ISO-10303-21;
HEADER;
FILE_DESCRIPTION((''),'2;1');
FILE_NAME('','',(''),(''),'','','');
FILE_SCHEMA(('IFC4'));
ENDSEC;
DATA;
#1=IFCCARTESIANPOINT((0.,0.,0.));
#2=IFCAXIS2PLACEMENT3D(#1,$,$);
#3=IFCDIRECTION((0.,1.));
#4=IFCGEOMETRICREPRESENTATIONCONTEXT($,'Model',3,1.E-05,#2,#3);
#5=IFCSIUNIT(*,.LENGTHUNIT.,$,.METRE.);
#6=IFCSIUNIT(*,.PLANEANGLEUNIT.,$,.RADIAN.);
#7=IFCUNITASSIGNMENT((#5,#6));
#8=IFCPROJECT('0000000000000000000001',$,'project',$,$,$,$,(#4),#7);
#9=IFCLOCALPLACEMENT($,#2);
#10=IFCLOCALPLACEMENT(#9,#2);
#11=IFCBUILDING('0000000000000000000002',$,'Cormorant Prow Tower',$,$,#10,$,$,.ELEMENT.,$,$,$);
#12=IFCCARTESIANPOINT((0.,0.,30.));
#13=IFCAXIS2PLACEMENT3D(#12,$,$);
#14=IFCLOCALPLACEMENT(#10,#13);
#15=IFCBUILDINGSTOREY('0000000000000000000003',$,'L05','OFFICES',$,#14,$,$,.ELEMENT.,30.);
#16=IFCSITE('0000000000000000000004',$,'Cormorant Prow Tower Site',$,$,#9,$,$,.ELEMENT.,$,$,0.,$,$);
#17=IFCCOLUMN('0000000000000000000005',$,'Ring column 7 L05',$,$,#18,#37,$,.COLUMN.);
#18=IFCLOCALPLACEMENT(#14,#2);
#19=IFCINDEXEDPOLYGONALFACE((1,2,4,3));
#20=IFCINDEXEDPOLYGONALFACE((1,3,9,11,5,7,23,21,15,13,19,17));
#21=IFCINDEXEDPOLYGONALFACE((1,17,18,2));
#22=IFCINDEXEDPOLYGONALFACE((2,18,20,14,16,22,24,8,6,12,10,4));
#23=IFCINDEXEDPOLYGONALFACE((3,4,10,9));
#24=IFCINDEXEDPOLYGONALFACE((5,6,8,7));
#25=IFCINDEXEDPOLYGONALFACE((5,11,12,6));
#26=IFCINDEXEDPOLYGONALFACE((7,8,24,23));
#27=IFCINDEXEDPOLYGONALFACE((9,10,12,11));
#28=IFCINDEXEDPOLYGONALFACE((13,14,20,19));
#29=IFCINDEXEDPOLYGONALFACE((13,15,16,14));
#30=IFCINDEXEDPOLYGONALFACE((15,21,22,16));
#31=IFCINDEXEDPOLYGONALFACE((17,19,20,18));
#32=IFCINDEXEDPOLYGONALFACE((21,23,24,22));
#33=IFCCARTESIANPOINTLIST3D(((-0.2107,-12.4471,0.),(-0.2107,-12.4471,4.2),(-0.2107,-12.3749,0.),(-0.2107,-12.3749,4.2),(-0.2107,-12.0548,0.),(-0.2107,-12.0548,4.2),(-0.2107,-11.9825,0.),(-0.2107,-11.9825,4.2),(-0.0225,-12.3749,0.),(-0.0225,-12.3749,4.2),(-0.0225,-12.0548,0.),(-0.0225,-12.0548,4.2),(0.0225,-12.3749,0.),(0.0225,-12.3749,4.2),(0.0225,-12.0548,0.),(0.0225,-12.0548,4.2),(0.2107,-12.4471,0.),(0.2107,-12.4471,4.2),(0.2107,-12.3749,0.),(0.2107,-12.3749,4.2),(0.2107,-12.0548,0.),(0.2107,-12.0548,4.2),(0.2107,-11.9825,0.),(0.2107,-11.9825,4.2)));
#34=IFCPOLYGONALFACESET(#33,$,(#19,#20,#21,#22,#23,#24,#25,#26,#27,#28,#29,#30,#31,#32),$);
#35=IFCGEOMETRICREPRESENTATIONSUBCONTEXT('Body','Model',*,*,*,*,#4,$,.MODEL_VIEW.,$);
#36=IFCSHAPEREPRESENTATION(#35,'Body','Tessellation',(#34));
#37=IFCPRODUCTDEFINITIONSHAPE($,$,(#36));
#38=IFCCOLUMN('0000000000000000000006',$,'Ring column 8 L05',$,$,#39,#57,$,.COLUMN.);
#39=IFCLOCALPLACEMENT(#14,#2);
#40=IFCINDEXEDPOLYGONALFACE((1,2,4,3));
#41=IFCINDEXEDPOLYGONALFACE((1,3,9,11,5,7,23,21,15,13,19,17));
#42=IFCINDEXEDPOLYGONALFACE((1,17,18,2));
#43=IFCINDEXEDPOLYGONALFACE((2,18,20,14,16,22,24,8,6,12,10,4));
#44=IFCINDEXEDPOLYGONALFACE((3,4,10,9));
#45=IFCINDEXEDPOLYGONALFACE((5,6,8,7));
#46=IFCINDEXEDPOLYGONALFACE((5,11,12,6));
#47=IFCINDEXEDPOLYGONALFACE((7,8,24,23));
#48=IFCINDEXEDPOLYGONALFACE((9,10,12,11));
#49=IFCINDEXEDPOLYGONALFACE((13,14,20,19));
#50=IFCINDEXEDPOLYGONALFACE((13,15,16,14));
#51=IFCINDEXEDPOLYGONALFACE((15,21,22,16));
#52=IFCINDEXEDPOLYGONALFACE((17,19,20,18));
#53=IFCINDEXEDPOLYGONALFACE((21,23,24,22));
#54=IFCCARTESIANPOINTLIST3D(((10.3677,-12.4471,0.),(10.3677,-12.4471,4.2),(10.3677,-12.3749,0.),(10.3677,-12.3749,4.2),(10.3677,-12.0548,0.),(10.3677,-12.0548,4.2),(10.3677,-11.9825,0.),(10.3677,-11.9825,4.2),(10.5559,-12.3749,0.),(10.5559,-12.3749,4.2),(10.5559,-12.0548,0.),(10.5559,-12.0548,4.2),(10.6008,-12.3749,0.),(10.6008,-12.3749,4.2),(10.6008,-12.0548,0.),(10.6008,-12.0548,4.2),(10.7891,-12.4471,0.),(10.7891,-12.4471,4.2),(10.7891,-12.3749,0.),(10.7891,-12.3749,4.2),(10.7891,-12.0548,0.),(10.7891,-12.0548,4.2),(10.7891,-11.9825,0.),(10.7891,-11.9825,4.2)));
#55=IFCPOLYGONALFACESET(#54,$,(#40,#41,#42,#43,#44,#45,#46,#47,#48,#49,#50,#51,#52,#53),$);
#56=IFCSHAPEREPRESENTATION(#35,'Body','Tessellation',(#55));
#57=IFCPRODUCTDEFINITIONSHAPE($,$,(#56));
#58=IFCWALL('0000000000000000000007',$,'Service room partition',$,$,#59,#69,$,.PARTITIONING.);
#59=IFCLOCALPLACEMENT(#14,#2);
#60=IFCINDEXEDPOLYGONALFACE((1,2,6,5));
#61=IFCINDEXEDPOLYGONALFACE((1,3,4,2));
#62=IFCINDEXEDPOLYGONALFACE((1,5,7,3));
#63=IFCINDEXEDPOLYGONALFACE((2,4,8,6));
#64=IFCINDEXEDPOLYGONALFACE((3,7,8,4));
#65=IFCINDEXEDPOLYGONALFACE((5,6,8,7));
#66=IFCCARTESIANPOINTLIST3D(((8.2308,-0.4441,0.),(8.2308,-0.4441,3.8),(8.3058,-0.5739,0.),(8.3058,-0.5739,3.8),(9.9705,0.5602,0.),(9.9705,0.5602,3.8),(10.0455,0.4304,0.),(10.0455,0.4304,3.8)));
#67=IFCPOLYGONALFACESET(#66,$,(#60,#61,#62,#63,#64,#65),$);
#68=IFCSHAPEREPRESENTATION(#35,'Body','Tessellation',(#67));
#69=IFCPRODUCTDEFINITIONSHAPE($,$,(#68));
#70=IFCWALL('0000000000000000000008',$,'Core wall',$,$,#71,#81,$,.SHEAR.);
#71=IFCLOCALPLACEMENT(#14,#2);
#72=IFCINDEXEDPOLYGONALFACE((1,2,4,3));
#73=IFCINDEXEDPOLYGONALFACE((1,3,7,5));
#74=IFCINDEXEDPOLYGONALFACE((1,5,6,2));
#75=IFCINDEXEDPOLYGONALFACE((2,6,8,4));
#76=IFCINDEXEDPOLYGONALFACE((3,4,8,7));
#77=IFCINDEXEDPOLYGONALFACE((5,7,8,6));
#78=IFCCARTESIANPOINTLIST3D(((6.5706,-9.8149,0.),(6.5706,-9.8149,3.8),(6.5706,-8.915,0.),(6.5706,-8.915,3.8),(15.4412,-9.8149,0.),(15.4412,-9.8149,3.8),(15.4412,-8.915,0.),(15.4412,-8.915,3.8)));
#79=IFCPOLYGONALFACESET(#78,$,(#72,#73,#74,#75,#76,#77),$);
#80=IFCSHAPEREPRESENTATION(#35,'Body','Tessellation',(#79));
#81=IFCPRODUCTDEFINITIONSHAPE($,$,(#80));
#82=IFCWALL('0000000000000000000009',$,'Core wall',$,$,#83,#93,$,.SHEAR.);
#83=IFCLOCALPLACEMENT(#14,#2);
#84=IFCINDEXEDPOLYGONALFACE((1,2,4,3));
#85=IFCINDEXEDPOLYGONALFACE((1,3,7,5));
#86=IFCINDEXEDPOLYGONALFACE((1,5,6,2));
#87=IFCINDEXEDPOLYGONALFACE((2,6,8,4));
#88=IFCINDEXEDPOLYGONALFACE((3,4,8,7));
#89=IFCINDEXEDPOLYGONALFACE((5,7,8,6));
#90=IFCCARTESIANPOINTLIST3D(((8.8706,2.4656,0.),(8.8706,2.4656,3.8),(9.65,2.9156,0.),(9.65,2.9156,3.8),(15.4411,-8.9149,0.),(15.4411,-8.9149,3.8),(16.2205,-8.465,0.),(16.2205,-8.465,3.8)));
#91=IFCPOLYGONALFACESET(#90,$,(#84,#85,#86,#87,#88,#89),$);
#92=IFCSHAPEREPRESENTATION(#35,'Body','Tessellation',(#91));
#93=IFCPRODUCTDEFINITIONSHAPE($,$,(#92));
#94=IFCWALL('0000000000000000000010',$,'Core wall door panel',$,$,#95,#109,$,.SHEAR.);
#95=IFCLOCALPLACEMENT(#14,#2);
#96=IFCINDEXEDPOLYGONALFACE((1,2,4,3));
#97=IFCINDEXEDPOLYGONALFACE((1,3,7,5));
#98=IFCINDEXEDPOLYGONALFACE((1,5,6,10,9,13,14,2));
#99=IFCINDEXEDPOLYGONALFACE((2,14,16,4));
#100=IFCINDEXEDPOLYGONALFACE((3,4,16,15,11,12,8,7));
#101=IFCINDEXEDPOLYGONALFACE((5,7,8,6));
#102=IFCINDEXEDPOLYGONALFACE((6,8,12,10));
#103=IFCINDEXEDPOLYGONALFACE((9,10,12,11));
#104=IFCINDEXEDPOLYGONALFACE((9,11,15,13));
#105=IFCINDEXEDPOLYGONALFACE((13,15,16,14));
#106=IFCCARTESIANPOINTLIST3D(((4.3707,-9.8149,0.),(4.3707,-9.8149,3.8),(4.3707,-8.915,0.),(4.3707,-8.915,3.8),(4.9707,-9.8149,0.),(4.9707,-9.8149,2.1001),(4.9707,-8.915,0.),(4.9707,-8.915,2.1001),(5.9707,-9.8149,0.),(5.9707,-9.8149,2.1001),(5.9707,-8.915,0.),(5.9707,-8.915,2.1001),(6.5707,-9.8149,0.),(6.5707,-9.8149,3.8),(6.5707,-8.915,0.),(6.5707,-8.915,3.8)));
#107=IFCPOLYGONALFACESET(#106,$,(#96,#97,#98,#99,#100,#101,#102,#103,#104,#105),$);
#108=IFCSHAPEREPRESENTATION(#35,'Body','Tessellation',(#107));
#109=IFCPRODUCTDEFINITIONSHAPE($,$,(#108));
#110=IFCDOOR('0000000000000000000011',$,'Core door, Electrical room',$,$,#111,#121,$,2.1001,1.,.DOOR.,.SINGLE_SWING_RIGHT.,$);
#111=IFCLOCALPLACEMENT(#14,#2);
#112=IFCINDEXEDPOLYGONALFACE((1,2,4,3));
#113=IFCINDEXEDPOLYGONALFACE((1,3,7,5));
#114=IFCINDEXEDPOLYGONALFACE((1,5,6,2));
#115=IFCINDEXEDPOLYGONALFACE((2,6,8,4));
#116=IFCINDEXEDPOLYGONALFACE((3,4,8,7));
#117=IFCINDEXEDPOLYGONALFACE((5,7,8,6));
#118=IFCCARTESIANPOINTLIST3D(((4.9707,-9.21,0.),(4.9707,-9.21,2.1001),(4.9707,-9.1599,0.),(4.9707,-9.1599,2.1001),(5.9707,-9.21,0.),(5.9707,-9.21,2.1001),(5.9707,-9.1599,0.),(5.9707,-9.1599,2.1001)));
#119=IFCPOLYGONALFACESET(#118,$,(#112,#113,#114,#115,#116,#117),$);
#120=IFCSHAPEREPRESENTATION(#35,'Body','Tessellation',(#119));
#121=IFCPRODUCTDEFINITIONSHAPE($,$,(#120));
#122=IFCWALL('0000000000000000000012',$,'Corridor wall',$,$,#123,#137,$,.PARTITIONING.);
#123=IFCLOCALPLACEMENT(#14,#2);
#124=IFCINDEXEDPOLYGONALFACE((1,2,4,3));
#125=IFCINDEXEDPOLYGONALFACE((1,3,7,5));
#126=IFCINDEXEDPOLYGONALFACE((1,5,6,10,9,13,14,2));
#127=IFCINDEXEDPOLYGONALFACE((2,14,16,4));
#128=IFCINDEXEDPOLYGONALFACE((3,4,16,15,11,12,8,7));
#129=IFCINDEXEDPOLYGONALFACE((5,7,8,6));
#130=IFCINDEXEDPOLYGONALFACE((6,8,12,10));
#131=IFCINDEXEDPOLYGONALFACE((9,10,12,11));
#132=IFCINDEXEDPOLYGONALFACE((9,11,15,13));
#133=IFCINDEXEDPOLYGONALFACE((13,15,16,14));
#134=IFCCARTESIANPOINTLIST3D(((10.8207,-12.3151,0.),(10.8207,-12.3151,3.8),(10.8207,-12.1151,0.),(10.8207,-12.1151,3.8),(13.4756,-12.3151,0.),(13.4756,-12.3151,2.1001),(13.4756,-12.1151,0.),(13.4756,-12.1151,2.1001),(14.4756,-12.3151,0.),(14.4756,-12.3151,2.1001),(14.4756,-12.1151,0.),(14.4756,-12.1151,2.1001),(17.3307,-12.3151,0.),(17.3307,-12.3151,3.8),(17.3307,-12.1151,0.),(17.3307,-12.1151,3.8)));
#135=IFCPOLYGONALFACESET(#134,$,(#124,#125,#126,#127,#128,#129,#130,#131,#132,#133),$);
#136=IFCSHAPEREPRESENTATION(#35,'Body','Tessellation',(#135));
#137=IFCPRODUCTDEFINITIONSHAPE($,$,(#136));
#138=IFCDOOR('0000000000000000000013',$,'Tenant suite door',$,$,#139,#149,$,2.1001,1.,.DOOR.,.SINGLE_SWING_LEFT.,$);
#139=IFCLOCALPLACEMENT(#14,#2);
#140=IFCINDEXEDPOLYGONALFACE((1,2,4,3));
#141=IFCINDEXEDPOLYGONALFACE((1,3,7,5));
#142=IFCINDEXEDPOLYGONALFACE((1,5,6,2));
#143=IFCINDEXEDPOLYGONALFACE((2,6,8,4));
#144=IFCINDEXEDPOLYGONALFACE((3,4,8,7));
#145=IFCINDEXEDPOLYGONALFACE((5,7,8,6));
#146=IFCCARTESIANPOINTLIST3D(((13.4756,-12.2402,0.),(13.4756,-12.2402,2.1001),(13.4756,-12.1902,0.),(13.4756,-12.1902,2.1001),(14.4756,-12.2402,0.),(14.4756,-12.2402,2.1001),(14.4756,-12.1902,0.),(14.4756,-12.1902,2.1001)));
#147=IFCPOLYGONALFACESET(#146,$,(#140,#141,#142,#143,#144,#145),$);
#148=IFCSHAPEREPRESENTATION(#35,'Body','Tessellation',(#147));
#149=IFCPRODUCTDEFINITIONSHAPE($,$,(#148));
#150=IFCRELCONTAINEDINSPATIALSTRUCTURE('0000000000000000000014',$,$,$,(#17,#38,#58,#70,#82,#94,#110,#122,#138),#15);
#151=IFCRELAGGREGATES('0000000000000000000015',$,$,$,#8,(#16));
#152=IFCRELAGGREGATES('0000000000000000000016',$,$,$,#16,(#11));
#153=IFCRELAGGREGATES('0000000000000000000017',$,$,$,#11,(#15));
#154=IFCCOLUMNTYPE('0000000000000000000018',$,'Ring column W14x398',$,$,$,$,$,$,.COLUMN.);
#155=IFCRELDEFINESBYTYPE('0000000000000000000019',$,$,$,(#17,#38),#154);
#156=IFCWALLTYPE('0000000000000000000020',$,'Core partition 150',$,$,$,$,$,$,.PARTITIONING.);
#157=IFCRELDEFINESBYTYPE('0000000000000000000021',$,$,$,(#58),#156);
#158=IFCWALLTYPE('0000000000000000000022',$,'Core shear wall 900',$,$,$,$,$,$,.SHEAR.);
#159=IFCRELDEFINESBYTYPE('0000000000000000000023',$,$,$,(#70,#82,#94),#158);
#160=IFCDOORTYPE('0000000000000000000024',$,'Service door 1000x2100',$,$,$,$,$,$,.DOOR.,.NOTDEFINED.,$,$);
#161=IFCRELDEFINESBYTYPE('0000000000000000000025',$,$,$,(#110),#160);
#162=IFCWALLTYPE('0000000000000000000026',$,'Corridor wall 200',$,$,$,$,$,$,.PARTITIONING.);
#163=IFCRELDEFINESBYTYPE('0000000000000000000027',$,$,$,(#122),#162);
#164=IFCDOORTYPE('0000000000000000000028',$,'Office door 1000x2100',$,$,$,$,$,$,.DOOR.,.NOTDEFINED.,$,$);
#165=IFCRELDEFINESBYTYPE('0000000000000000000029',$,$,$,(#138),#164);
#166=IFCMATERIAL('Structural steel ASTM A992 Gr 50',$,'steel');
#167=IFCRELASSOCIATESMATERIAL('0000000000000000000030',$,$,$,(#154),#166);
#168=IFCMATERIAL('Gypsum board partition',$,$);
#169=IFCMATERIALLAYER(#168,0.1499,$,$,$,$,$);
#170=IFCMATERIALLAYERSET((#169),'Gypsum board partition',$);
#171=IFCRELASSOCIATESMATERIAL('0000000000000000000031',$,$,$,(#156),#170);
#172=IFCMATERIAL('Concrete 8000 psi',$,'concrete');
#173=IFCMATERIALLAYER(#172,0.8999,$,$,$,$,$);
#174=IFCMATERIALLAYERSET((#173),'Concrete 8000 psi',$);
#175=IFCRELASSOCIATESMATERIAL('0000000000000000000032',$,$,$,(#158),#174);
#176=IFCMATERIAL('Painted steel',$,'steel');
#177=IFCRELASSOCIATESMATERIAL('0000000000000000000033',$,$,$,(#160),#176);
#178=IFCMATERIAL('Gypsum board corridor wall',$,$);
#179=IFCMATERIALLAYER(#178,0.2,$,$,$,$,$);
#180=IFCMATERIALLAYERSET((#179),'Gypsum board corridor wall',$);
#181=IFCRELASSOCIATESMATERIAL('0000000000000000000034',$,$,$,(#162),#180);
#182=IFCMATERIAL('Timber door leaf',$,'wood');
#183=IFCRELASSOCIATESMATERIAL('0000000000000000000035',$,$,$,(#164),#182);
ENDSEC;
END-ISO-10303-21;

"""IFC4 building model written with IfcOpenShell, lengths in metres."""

from ifc_helpers import new_model, si_unit, direction, frame, frame_2d, origin, origin_2d, place, context, subcontext, project, spatial, rectangle, i_section, extrude, material, layer, layer_set, material_profile, profile_set, type_object, element, fill, save


model = new_model("IFC4")

# Units and contexts
model_context = context("Model", 3, precision=1e-05, world=origin(), true_north=direction((0.0, 1.0)))
body_context = subcontext(model_context, "Body", "Model", "MODEL_VIEW")
ifc_project = project(units=[si_unit("LENGTHUNIT", "METRE"), si_unit("PLANEANGLEUNIT", "RADIAN")], contexts=[model_context])

# Site, building, storey
site_placement = place(None, origin())
site = spatial("IfcSite", under=ifc_project, at=site_placement, Name="Cormorant Prow Tower Site", CompositionType="ELEMENT", RefElevation=0.0)
building_placement = place(site_placement, origin())
building = spatial("IfcBuilding", under=site, at=building_placement, Name="Cormorant Prow Tower", CompositionType="ELEMENT")
storey_placement = place(building_placement, frame((0.0, 0.0, 30.0)))
storey = spatial("IfcBuildingStorey", under=building, at=storey_placement, Name="L05", Description="OFFICES", CompositionType="ELEMENT", Elevation=30.0)

# Columns
ifc_material_1 = material(Name="Structural steel ASTM A992 Gr 50", Category="steel")
ifc_material_profile = material_profile(ifc_material_1, i_section(OverallWidth=0.4214, OverallDepth=0.4646, WebThickness=0.0449, FlangeThickness=0.0723, at=origin_2d()), Name="W14x398")
ifc_profile_set = profile_set([ifc_material_profile], Name="Structural steel ASTM A992 Gr 50")
column_type = type_object("IfcColumnType", Name="Ring column W14x398", PredefinedType="COLUMN", material=ifc_profile_set)
for number, where, z_axis, x_axis, name in (
    (1, (0.0, -12.2148, 0.0), (0.0, 0.0, 1.0), (1.0, 0.0, 0.0), "Ring column 7 L05"),
    (2, (10.5784, -12.2148, 0.0), (0.0, 0.0, 1.0), (1.0, 0.0, 0.0), "Ring column 8 L05"),
):
    element("IfcColumn", number, at=place(storey_placement, frame(where, z_axis=z_axis, x_axis=x_axis)), inside=storey, type_object=column_type, Name=name, PredefinedType="COLUMN", context=body_context, shape_type="SweptSolid", body=[
        extrude(i_section(OverallWidth=0.4214, OverallDepth=0.4646, WebThickness=0.0449, FlangeThickness=0.0723, at=origin_2d()), origin(), (0.0, 0.0, 1.0), 4.2),
    ])

# Walls
ifc_material_2 = material(Name="Gypsum board partition")
ifc_layer_1 = layer(ifc_material_2, 0.1499)
ifc_layer_set_1 = layer_set([ifc_layer_1], Name="Gypsum board partition")
wall_type_1 = type_object("IfcWallType", Name="Core partition 150", PredefinedType="PARTITIONING", material=ifc_layer_set_1)
wall_1_placement = place(storey_placement, frame((8.2683, -0.509, 0.0), z_axis=(0.0, 0.0, 1.0), x_axis=(0.866036, 0.499982, 0.0)))
element("IfcWall", 3, at=wall_1_placement, inside=storey, type_object=wall_type_1, Name="Service room partition", PredefinedType="PARTITIONING", context=body_context, shape_type="SweptSolid", body=[
    extrude(rectangle(XDim=2.0088, YDim=0.1499, at=frame_2d((1.0044, 0.0))), origin(), (0.0, 0.0, 1.0), 3.8),
])
ifc_material_3 = material(Name="Concrete 8000 psi", Category="concrete")
ifc_layer_2 = layer(ifc_material_3, 0.8999)
ifc_layer_set_2 = layer_set([ifc_layer_2], Name="Concrete 8000 psi")
wall_type_2 = type_object("IfcWallType", Name="Core shear wall 900", PredefinedType="SHEAR", material=ifc_layer_set_2)
wall_2_placement = place(storey_placement, frame((6.5706, -9.365, 0.0), z_axis=(0.0, 0.0, 1.0), x_axis=(1.0, 0.0, 0.0)))
element("IfcWall", 4, at=wall_2_placement, inside=storey, type_object=wall_type_2, Name="Core wall", PredefinedType="SHEAR", context=body_context, shape_type="SweptSolid", body=[
    extrude(rectangle(XDim=8.8706, YDim=0.8999, at=frame_2d((4.4353, 0.0))), origin(), (0.0, 0.0, 1.0), 3.8),
])
wall_3_placement = place(storey_placement, frame((15.8308, -8.6899, 0.0), z_axis=(0.0, 0.0, 1.0), x_axis=(-0.499997, 0.866027, 0.0)))
element("IfcWall", 5, at=wall_3_placement, inside=storey, type_object=wall_type_2, Name="Core wall", PredefinedType="SHEAR", context=body_context, shape_type="SweptSolid", body=[
    extrude(rectangle(XDim=13.1411, YDim=0.8999, at=frame_2d((6.5706, 0.0))), origin(), (0.0, 0.0, 1.0), 3.8),
])

# Walls, openings, doors
wall_4_placement = place(storey_placement, frame((4.3706, -9.365, 0.0), z_axis=(0.0, 0.0, 1.0), x_axis=(1.0, 0.0, 0.0)))
wall_4 = element("IfcWall", 6, at=wall_4_placement, inside=storey, type_object=wall_type_2, Name="Core wall door panel", PredefinedType="SHEAR", context=body_context, shape_type="SweptSolid", body=[
    extrude(rectangle(XDim=2.2, YDim=0.8999, at=frame_2d((1.1001, 0.0))), origin(), (0.0, 0.0, 1.0), 3.8),
])
opening_1_placement = place(wall_4_placement, frame((0.6001, 0.0, 0.0)))
opening_1 = element("IfcOpeningElement", 7, at=opening_1_placement, cuts=wall_4, PredefinedType="OPENING", context=body_context, shape_type="SweptSolid", body=[
    extrude(rectangle(XDim=1.0, YDim=2.1001, at=frame_2d((0.5, 1.05))), frame((0.0, 0.46, 0.0), z_axis=(0.0, -1.0, 0.0), x_axis=(1.0, 0.0, 0.0)), (0.0, 0.0, 1.0), 0.9199),
])
ifc_material_4 = material(Name="Painted steel", Category="steel")
door_type_1 = type_object("IfcDoorType", Name="Service door 1000x2100", OperationType="NOTDEFINED", PredefinedType="DOOR", material=ifc_material_4)
door_1_placement = place(opening_1_placement, origin())
door_1 = element("IfcDoor", 8, at=door_1_placement, inside=storey, type_object=door_type_1, Name="Core door, Electrical room", OperationType="SINGLE_SWING_RIGHT", OverallHeight=2.1001, OverallWidth=1.0, PredefinedType="DOOR", context=body_context, shape_type="SweptSolid", body=[
    extrude(rectangle(XDim=1.0, YDim=2.1001, at=frame_2d((0.5, 1.05))), frame((0.0, 0.2051, 0.0), z_axis=(0.0, -1.0, 0.0), x_axis=(1.0, 0.0, 0.0)), (0.0, 0.0, 1.0), 0.05),
])
fill(opening_1, door_1)
ifc_material_5 = material(Name="Gypsum board corridor wall")
ifc_layer_3 = layer(ifc_material_5, 0.2)
ifc_layer_set_3 = layer_set([ifc_layer_3], Name="Gypsum board corridor wall")
wall_type_3 = type_object("IfcWallType", Name="Corridor wall 200", PredefinedType="PARTITIONING", material=ifc_layer_set_3)
wall_5_placement = place(storey_placement, frame((10.8208, -12.2151, 0.0), z_axis=(0.0, 0.0, 1.0), x_axis=(1.0, 0.0, 0.0)))
wall_5 = element("IfcWall", 9, at=wall_5_placement, inside=storey, type_object=wall_type_3, Name="Corridor wall", PredefinedType="PARTITIONING", context=body_context, shape_type="SweptSolid", body=[
    extrude(rectangle(XDim=6.51, YDim=0.2, at=frame_2d((3.2549, 0.0))), origin(), (0.0, 0.0, 1.0), 3.8),
])
opening_2_placement = place(wall_5_placement, frame((2.6548, 0.0, 0.0)))
opening_2 = element("IfcOpeningElement", 10, at=opening_2_placement, cuts=wall_5, PredefinedType="OPENING", context=body_context, shape_type="SweptSolid", body=[
    extrude(rectangle(XDim=1.0, YDim=2.1001, at=frame_2d((0.5, 1.05))), frame((0.0, 0.1099, 0.0), z_axis=(0.0, -1.0, 0.0), x_axis=(1.0, 0.0, 0.0)), (0.0, 0.0, 1.0), 0.22),
])
ifc_material_6 = material(Name="Timber door leaf", Category="wood")
door_type_2 = type_object("IfcDoorType", Name="Office door 1000x2100", OperationType="NOTDEFINED", PredefinedType="DOOR", material=ifc_material_6)
door_2_placement = place(opening_2_placement, origin())
door_2 = element("IfcDoor", 11, at=door_2_placement, inside=storey, type_object=door_type_2, Name="Tenant suite door", OperationType="SINGLE_SWING_LEFT", OverallHeight=2.1001, OverallWidth=1.0, PredefinedType="DOOR", context=body_context, shape_type="SweptSolid", body=[
    extrude(rectangle(XDim=1.0, YDim=2.1001, at=frame_2d((0.5, 1.05))), frame((0.0, 0.0249, 0.0), z_axis=(0.0, -1.0, 0.0), x_axis=(1.0, 0.0, 0.0)), (0.0, 0.0, 1.0), 0.05),
])
fill(opening_2, door_2)

save(model, "model.ifc")
